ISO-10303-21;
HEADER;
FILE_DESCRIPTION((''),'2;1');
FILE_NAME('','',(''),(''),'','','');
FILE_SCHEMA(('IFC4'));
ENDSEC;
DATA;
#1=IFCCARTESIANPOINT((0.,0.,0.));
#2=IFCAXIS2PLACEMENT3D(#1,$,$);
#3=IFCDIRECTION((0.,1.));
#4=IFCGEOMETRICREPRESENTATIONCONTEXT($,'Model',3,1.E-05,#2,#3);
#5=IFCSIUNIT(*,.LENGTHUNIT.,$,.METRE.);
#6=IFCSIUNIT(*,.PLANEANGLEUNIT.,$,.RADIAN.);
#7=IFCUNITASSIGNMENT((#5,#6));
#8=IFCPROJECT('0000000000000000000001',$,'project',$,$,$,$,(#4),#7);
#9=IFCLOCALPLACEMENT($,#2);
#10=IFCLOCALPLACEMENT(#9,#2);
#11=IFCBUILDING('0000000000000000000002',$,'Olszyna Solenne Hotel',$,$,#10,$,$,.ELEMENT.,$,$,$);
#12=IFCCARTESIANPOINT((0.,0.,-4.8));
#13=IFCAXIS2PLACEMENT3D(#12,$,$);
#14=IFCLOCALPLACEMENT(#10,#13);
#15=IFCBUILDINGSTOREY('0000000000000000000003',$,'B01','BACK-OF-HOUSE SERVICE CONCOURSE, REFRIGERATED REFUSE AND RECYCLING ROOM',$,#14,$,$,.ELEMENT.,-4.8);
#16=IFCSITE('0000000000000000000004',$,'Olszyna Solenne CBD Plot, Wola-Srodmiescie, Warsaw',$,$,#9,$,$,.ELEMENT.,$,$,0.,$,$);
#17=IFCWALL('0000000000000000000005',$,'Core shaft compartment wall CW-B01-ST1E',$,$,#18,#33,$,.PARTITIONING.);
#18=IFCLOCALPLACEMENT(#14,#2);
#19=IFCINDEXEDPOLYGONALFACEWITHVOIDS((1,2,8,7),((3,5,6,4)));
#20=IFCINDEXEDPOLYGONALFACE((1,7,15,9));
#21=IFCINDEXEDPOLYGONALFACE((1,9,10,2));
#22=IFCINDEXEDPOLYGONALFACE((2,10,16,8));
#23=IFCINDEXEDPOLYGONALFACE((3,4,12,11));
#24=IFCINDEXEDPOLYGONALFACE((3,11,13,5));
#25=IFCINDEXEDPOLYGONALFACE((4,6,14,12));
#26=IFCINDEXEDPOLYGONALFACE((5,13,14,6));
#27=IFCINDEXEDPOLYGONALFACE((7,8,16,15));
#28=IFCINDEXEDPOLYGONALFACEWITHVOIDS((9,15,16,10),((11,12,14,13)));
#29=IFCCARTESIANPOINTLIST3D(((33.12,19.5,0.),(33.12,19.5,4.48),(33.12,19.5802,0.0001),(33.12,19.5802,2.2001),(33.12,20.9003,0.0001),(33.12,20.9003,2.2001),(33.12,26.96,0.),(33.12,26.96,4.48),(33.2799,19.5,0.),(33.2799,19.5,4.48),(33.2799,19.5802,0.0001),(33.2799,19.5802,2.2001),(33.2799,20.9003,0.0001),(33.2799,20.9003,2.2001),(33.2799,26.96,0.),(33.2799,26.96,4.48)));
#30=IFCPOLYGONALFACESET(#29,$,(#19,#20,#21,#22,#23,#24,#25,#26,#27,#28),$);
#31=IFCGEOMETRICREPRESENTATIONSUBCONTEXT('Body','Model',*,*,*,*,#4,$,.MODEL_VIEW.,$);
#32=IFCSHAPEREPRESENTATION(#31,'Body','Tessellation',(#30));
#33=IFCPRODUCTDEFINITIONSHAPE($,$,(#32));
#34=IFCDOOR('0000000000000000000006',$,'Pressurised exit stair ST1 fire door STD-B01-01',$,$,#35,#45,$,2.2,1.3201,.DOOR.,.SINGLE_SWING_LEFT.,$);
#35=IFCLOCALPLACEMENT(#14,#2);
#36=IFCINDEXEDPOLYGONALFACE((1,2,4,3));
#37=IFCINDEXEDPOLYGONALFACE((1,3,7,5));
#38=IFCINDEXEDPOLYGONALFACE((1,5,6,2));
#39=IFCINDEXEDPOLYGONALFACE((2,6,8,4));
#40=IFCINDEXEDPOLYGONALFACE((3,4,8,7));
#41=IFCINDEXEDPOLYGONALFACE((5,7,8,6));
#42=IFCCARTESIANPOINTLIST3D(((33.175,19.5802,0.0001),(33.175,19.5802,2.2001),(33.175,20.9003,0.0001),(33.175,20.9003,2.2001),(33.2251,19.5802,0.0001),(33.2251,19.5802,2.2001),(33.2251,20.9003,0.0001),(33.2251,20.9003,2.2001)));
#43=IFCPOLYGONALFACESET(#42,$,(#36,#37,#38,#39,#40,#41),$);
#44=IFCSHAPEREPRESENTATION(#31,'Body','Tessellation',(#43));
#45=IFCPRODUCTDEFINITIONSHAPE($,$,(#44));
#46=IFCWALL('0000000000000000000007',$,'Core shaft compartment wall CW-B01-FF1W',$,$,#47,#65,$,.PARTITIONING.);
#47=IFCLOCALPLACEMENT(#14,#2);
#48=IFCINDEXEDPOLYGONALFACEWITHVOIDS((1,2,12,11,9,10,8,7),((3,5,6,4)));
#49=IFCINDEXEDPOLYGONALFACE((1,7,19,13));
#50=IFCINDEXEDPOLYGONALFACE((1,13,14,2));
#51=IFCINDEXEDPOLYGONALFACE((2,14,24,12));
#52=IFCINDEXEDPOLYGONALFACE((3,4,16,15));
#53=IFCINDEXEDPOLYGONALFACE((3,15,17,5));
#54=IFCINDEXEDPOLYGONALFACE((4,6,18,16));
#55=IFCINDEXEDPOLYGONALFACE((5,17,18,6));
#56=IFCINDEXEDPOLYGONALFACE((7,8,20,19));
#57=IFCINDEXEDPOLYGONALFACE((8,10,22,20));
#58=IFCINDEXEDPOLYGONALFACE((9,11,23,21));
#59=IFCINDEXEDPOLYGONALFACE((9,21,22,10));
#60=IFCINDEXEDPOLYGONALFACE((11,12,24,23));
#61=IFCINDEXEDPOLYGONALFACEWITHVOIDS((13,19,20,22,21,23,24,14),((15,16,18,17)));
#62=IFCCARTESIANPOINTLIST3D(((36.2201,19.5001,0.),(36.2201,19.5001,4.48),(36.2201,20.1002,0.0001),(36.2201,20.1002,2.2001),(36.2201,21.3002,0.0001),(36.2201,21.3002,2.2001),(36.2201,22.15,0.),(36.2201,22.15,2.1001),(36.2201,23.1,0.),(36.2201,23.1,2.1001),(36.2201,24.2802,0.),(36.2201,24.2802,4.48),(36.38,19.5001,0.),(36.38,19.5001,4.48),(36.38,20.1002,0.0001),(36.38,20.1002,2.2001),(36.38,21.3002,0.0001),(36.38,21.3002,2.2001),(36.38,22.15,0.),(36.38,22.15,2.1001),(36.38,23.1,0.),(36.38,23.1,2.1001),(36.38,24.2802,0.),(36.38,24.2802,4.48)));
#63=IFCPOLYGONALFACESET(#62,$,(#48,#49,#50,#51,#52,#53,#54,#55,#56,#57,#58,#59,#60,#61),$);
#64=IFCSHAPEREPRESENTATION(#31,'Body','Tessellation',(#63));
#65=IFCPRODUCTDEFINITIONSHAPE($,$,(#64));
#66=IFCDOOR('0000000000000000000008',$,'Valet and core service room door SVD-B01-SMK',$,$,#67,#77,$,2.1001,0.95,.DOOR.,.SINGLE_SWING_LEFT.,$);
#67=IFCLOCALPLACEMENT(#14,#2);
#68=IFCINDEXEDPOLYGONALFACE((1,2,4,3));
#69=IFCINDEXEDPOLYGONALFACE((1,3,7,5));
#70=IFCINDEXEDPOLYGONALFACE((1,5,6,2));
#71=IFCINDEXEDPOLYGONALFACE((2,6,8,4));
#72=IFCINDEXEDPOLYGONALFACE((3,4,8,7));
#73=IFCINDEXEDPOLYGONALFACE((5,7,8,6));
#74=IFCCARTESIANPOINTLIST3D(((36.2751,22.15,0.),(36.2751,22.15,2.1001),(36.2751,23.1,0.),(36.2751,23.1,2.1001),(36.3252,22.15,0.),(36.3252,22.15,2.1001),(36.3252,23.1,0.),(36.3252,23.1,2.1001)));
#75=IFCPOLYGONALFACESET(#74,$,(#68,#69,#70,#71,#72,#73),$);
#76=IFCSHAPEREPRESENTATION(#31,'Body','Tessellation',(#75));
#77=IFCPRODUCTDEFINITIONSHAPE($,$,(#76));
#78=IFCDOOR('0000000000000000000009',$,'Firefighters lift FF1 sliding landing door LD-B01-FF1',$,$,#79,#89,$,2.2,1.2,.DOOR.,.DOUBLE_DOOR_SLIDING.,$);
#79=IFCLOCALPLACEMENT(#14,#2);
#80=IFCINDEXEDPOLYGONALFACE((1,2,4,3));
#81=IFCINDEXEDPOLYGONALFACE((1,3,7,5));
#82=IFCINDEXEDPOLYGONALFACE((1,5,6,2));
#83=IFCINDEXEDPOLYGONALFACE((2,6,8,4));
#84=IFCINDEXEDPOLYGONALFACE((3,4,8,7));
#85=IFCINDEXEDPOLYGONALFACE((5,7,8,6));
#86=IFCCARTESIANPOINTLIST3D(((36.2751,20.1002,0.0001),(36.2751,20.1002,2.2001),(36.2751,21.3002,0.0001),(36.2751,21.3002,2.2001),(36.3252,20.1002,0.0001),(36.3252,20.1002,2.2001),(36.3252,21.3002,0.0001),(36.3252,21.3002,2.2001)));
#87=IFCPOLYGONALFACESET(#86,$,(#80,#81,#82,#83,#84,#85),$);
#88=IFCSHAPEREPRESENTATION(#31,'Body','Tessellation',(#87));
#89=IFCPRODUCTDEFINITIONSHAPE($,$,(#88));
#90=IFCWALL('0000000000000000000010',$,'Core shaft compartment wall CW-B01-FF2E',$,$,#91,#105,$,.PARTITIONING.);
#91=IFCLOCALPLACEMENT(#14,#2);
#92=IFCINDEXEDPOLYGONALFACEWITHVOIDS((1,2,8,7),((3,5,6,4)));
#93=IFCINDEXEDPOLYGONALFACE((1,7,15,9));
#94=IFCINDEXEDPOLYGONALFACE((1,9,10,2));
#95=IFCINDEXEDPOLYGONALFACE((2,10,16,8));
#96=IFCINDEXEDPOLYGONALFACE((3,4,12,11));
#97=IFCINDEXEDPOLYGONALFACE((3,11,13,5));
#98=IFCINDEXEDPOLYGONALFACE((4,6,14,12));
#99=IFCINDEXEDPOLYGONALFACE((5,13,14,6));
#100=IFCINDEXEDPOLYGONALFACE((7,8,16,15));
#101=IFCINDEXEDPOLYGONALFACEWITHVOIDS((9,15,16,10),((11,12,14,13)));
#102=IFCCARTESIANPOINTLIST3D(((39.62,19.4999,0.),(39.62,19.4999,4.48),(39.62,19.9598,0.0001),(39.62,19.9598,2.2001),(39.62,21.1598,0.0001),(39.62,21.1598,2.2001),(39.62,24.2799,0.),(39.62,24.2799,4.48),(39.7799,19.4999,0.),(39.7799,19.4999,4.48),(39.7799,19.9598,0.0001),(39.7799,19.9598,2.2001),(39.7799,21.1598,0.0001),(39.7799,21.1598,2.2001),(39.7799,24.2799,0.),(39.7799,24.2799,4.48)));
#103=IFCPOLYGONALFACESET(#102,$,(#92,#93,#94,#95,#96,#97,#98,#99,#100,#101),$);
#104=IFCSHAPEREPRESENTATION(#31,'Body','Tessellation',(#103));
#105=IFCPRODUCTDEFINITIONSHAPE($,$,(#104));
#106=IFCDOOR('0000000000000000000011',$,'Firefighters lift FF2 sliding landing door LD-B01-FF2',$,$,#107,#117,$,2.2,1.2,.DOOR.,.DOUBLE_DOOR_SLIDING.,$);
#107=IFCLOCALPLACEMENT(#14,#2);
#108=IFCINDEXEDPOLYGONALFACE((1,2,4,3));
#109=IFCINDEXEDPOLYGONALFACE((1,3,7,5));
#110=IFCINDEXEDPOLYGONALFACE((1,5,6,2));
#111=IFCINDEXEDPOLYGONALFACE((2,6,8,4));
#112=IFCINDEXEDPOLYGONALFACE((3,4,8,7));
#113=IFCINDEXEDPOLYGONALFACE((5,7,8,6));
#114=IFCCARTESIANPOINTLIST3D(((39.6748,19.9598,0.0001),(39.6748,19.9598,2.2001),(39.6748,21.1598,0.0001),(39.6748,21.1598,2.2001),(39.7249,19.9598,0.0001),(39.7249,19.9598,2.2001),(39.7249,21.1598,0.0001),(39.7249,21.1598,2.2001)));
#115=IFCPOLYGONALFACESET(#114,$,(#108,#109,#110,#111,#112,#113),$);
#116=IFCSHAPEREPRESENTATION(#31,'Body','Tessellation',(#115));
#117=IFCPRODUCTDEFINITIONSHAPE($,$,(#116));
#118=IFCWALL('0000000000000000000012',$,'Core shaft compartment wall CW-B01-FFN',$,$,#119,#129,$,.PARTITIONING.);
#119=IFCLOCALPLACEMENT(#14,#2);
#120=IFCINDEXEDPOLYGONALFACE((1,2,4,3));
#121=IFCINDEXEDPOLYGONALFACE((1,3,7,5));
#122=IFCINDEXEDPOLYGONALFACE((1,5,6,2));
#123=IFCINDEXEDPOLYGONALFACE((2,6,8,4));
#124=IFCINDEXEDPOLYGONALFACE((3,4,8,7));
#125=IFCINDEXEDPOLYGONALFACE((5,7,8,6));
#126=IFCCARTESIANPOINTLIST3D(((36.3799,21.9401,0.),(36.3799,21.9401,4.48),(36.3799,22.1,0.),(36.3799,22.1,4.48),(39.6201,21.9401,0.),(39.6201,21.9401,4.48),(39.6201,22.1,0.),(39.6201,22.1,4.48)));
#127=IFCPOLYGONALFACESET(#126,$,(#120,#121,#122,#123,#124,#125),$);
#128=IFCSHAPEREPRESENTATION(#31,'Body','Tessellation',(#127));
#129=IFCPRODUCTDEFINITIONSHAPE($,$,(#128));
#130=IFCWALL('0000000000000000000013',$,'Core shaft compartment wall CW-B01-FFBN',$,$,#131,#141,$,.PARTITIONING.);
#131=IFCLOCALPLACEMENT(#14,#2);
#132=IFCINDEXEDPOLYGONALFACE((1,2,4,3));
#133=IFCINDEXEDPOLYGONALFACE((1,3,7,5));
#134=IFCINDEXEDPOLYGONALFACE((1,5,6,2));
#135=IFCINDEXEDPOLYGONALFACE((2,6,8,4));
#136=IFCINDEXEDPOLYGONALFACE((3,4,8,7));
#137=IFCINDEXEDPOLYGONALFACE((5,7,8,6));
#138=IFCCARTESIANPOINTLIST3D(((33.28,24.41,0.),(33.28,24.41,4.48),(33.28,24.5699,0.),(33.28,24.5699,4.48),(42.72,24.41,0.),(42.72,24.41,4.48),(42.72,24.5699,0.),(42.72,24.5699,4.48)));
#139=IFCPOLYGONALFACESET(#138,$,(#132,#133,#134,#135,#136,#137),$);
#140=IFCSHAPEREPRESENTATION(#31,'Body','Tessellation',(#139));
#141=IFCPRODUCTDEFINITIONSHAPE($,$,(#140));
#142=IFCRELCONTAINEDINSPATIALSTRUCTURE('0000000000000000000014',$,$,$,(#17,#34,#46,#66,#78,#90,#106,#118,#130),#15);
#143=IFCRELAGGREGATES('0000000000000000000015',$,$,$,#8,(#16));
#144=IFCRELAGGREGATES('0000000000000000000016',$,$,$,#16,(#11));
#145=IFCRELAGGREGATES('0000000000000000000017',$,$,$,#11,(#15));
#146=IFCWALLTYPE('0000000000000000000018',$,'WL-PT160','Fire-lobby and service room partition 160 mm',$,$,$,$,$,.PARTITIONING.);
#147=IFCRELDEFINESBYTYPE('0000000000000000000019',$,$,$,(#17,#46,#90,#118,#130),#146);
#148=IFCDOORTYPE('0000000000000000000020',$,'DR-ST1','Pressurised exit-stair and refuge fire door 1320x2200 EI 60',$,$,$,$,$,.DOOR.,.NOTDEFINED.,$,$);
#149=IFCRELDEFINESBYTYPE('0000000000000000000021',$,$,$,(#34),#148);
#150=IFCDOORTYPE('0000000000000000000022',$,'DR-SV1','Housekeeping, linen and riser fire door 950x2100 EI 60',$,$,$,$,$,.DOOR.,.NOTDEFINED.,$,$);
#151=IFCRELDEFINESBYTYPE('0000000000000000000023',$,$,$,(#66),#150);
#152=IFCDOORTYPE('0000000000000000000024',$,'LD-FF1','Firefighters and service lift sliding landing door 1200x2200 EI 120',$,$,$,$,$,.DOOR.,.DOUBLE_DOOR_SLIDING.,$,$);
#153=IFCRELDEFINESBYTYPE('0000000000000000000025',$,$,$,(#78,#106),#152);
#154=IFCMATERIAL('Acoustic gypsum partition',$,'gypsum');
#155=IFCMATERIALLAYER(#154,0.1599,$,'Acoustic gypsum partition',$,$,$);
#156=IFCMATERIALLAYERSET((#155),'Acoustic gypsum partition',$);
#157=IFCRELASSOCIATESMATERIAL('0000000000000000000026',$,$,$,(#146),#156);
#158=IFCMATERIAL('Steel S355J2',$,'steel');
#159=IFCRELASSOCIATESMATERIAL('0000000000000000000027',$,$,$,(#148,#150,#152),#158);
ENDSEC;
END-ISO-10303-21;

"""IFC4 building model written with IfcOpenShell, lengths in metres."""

from ifc_helpers import new_model, si_unit, direction, frame, frame_2d, origin, place, context, subcontext, project, spatial, rectangle, extrude, source, transform, mapped, material, layer, layer_set, type_object, type_shapes, element, fill, save


model = new_model("IFC4")

# Units and contexts
model_context = context("Model", 3, precision=1e-05, world=origin(), true_north=direction((0.0, 1.0)))
body_context = subcontext(model_context, "Body", "Model", "MODEL_VIEW")
ifc_project = project(units=[si_unit("LENGTHUNIT", "METRE"), si_unit("PLANEANGLEUNIT", "RADIAN")], contexts=[model_context])

# Site, building, storey
site_placement = place(None, origin())
site = spatial("IfcSite", under=ifc_project, at=site_placement, Name="Olszyna Solenne CBD Plot, Wola-Srodmiescie, Warsaw", CompositionType="ELEMENT", RefElevation=0.0)
building_placement = place(site_placement, origin())
building = spatial("IfcBuilding", under=site, at=building_placement, Name="Olszyna Solenne Hotel", CompositionType="ELEMENT")
storey_placement = place(building_placement, frame((0.0, 0.0, -4.8)))
storey = spatial("IfcBuildingStorey", under=building, at=storey_placement, Name="B01", Description="BACK-OF-HOUSE SERVICE CONCOURSE, REFRIGERATED REFUSE AND RECYCLING ROOM", CompositionType="ELEMENT", Elevation=-4.8)

# Shared definitions
ifc_material_1 = material(Name="Steel S355J2", Category="steel")

# Shared definitions
ifc_material_2 = material(Name="Acoustic gypsum partition", Category="gypsum")

# Wall, opening, door
ifc_layer_1 = layer(ifc_material_2, 0.1599, Name="Acoustic gypsum partition")
ifc_layer_set_1 = layer_set([ifc_layer_1], Name="Acoustic gypsum partition")
wall_type_1 = type_object("IfcWallType", Name="WL-PT160", Description="Fire-lobby and service room partition 160 mm", PredefinedType="PARTITIONING", material=ifc_layer_set_1)
wall_1_placement = place(storey_placement, frame((33.2, 19.5, 0.0), z_axis=(0.0, 0.0, 1.0), x_axis=(0.0, 1.0, 0.0)))
wall_1 = element("IfcWall", 1, at=wall_1_placement, inside=storey, type_object=wall_type_1, Name="Core shaft compartment wall CW-B01-ST1E", PredefinedType="PARTITIONING", context=body_context, shape_type="SweptSolid", body=[
    extrude(rectangle(XDim=7.46, YDim=0.1599, at=frame_2d((3.73, 0.0))), origin(), (0.0, 0.0, 1.0), 4.48),
])
opening_1_placement = place(wall_1_placement, frame((0.0801, 0.0, 0.0)))
opening_1 = element("IfcOpeningElement", 2, at=opening_1_placement, cuts=wall_1, PredefinedType="OPENING", context=body_context, shape_type="SweptSolid", body=[
    extrude(rectangle(XDim=1.3201, YDim=2.2, at=frame_2d((0.6602, 1.1001))), frame((0.0, 0.0898, 0.0), z_axis=(0.0, -1.0, 0.0), x_axis=(1.0, 0.0, 0.0)), (0.0, 0.0, 1.0), 0.1799),
])
door_type_1 = type_object("IfcDoorType", Name="DR-ST1", Description="Pressurised exit-stair and refuge fire door 1320x2200 EI 60", OperationType="NOTDEFINED", PredefinedType="DOOR", material=ifc_material_1)
shared_shape_1 = source(origin(), body_context, "Body", "SweptSolid", [
    extrude(rectangle(XDim=1.3201, YDim=2.2, at=frame_2d((0.6602, 1.1001))), frame((0.0, 0.0249, 0.0), z_axis=(0.0, -1.0, 0.0), x_axis=(1.0, 0.0, 0.0)), (0.0, 0.0, 1.0), 0.05),
])
type_shapes(door_type_1, [shared_shape_1])
door_1_placement = place(opening_1_placement, origin())
door_1 = element("IfcDoor", 3, at=door_1_placement, inside=storey, type_object=door_type_1, Name="Pressurised exit stair ST1 fire door STD-B01-01", OperationType="SINGLE_SWING_LEFT", OverallHeight=2.2, OverallWidth=1.3201, PredefinedType="DOOR", context=body_context, shape_type="MappedRepresentation", body=[
    mapped(shared_shape_1, transform((0.0, 0.0, 0.0), x_axis=(1.0, 0.0, 0.0), y_axis=(0.0, 1.0, 0.0), z_axis=(0.0, 0.0, 1.0), scale=1.0)),
])
fill(opening_1, door_1)

# Wall, openings, doors
wall_2_placement = place(storey_placement, frame((36.3, 19.5, 0.0), z_axis=(0.0, 0.0, 1.0), x_axis=(0.0, 1.0, 0.0)))
wall_2 = element("IfcWall", 4, at=wall_2_placement, inside=storey, type_object=wall_type_1, Name="Core shaft compartment wall CW-B01-FF1W", PredefinedType="PARTITIONING", context=body_context, shape_type="SweptSolid", body=[
    extrude(rectangle(XDim=4.78, YDim=0.1599, at=frame_2d((2.3901, 0.0))), origin(), (0.0, 0.0, 1.0), 4.48),
])
opening_2_placement = place(wall_2_placement, frame((0.6001, 0.0, 0.0)))
opening_2 = element("IfcOpeningElement", 5, at=opening_2_placement, cuts=wall_2, PredefinedType="OPENING", context=body_context, shape_type="SweptSolid", body=[
    extrude(rectangle(XDim=1.2, YDim=2.2, at=frame_2d((0.6001, 1.1001))), frame((0.0, 0.0898, 0.0), z_axis=(0.0, -1.0, 0.0), x_axis=(1.0, 0.0, 0.0)), (0.0, 0.0, 1.0), 0.1799),
])
opening_3_placement = place(wall_2_placement, frame((2.6499, 0.0, 0.0)))
opening_3 = element("IfcOpeningElement", 6, at=opening_3_placement, cuts=wall_2, PredefinedType="OPENING", context=body_context, shape_type="SweptSolid", body=[
    extrude(rectangle(XDim=0.95, YDim=2.1001, at=frame_2d((0.4751, 1.05))), frame((0.0, 0.0898, 0.0), z_axis=(0.0, -1.0, 0.0), x_axis=(1.0, 0.0, 0.0)), (0.0, 0.0, 1.0), 0.1799),
])
door_type_2 = type_object("IfcDoorType", Name="DR-SV1", Description="Housekeeping, linen and riser fire door 950x2100 EI 60", OperationType="NOTDEFINED", PredefinedType="DOOR", material=ifc_material_1)
shared_shape_2 = source(origin(), body_context, "Body", "SweptSolid", [
    extrude(rectangle(XDim=0.95, YDim=2.1001, at=frame_2d((0.4751, 1.05))), frame((0.0, 0.0249, 0.0), z_axis=(0.0, -1.0, 0.0), x_axis=(1.0, 0.0, 0.0)), (0.0, 0.0, 1.0), 0.05),
])
type_shapes(door_type_2, [shared_shape_2])
door_2_placement = place(opening_3_placement, origin())
door_2 = element("IfcDoor", 7, at=door_2_placement, inside=storey, type_object=door_type_2, Name="Valet and core service room door SVD-B01-SMK", OperationType="SINGLE_SWING_LEFT", OverallHeight=2.1001, OverallWidth=0.95, PredefinedType="DOOR", context=body_context, shape_type="MappedRepresentation", body=[
    mapped(shared_shape_2, transform((0.0, 0.0, 0.0), x_axis=(1.0, 0.0, 0.0), y_axis=(0.0, 1.0, 0.0), z_axis=(0.0, 0.0, 1.0), scale=1.0)),
])
fill(opening_3, door_2)
door_type_3 = type_object("IfcDoorType", Name="LD-FF1", Description="Firefighters and service lift sliding landing door 1200x2200 EI 120", OperationType="DOUBLE_DOOR_SLIDING", PredefinedType="DOOR", material=ifc_material_1)
shared_shape_3 = source(origin(), body_context, "Body", "SweptSolid", [
    extrude(rectangle(XDim=1.2, YDim=2.2, at=frame_2d((0.6001, 1.1001))), frame((0.0, 0.0249, 0.0), z_axis=(0.0, -1.0, 0.0), x_axis=(1.0, 0.0, 0.0)), (0.0, 0.0, 1.0), 0.05),
])
type_shapes(door_type_3, [shared_shape_3])
door_3_placement = place(opening_2_placement, origin())
door_3 = element("IfcDoor", 8, at=door_3_placement, inside=storey, type_object=door_type_3, Name="Firefighters lift FF1 sliding landing door LD-B01-FF1", OperationType="DOUBLE_DOOR_SLIDING", OverallHeight=2.2, OverallWidth=1.2, PredefinedType="DOOR", context=body_context, shape_type="MappedRepresentation", body=[
    mapped(shared_shape_3, transform((0.0, 0.0, 0.0), x_axis=(1.0, 0.0, 0.0), y_axis=(0.0, 1.0, 0.0), z_axis=(0.0, 0.0, 1.0), scale=1.0)),
])
fill(opening_2, door_3)

# Wall, opening, door
wall_3_placement = place(storey_placement, frame((39.7, 24.28, 0.0), z_axis=(0.0, 0.0, 1.0), x_axis=(0.0, -1.0, 0.0)))
wall_3 = element("IfcWall", 9, at=wall_3_placement, inside=storey, type_object=wall_type_1, Name="Core shaft compartment wall CW-B01-FF2E", PredefinedType="PARTITIONING", context=body_context, shape_type="SweptSolid", body=[
    extrude(rectangle(XDim=4.78, YDim=0.1599, at=frame_2d((2.3901, 0.0))), origin(), (0.0, 0.0, 1.0), 4.48),
])
opening_4_placement = place(wall_3_placement, frame((3.1201, 0.0, 0.0)))
opening_4 = element("IfcOpeningElement", 10, at=opening_4_placement, cuts=wall_3, PredefinedType="OPENING", context=body_context, shape_type="SweptSolid", body=[
    extrude(rectangle(XDim=1.2, YDim=2.2, at=frame_2d((0.6001, 1.1001))), frame((0.0, 0.0898, 0.0), z_axis=(0.0, -1.0, 0.0), x_axis=(1.0, 0.0, 0.0)), (0.0, 0.0, 1.0), 0.1799),
])
door_4_placement = place(opening_4_placement, origin())
door_4 = element("IfcDoor", 11, at=door_4_placement, inside=storey, type_object=door_type_3, Name="Firefighters lift FF2 sliding landing door LD-B01-FF2", OperationType="DOUBLE_DOOR_SLIDING", OverallHeight=2.2, OverallWidth=1.2, PredefinedType="DOOR", context=body_context, shape_type="MappedRepresentation", body=[
    mapped(shared_shape_3, transform((0.0, 0.0, 0.0), x_axis=(1.0, 0.0, 0.0), y_axis=(0.0, 1.0, 0.0), z_axis=(0.0, 0.0, 1.0), scale=1.0)),
])
fill(opening_4, door_4)

# Walls
wall_4_placement = place(storey_placement, frame((36.3799, 22.02, 0.0), z_axis=(0.0, 0.0, 1.0), x_axis=(1.0, 0.0, 0.0)))
element("IfcWall", 12, at=wall_4_placement, inside=storey, type_object=wall_type_1, Name="Core shaft compartment wall CW-B01-FFN", PredefinedType="PARTITIONING", context=body_context, shape_type="SweptSolid", body=[
    extrude(rectangle(XDim=3.2402, YDim=0.1599, at=frame_2d((1.6201, 0.0))), origin(), (0.0, 0.0, 1.0), 4.48),
])
wall_5_placement = place(storey_placement, frame((33.28, 24.49, 0.0), z_axis=(0.0, 0.0, 1.0), x_axis=(1.0, 0.0, 0.0)))
element("IfcWall", 13, at=wall_5_placement, inside=storey, type_object=wall_type_1, Name="Core shaft compartment wall CW-B01-FFBN", PredefinedType="PARTITIONING", context=body_context, shape_type="SweptSolid", body=[
    extrude(rectangle(XDim=9.4399, YDim=0.1599, at=frame_2d((4.72, 0.0))), origin(), (0.0, 0.0, 1.0), 4.48),
])

save(model, "model.ifc")
